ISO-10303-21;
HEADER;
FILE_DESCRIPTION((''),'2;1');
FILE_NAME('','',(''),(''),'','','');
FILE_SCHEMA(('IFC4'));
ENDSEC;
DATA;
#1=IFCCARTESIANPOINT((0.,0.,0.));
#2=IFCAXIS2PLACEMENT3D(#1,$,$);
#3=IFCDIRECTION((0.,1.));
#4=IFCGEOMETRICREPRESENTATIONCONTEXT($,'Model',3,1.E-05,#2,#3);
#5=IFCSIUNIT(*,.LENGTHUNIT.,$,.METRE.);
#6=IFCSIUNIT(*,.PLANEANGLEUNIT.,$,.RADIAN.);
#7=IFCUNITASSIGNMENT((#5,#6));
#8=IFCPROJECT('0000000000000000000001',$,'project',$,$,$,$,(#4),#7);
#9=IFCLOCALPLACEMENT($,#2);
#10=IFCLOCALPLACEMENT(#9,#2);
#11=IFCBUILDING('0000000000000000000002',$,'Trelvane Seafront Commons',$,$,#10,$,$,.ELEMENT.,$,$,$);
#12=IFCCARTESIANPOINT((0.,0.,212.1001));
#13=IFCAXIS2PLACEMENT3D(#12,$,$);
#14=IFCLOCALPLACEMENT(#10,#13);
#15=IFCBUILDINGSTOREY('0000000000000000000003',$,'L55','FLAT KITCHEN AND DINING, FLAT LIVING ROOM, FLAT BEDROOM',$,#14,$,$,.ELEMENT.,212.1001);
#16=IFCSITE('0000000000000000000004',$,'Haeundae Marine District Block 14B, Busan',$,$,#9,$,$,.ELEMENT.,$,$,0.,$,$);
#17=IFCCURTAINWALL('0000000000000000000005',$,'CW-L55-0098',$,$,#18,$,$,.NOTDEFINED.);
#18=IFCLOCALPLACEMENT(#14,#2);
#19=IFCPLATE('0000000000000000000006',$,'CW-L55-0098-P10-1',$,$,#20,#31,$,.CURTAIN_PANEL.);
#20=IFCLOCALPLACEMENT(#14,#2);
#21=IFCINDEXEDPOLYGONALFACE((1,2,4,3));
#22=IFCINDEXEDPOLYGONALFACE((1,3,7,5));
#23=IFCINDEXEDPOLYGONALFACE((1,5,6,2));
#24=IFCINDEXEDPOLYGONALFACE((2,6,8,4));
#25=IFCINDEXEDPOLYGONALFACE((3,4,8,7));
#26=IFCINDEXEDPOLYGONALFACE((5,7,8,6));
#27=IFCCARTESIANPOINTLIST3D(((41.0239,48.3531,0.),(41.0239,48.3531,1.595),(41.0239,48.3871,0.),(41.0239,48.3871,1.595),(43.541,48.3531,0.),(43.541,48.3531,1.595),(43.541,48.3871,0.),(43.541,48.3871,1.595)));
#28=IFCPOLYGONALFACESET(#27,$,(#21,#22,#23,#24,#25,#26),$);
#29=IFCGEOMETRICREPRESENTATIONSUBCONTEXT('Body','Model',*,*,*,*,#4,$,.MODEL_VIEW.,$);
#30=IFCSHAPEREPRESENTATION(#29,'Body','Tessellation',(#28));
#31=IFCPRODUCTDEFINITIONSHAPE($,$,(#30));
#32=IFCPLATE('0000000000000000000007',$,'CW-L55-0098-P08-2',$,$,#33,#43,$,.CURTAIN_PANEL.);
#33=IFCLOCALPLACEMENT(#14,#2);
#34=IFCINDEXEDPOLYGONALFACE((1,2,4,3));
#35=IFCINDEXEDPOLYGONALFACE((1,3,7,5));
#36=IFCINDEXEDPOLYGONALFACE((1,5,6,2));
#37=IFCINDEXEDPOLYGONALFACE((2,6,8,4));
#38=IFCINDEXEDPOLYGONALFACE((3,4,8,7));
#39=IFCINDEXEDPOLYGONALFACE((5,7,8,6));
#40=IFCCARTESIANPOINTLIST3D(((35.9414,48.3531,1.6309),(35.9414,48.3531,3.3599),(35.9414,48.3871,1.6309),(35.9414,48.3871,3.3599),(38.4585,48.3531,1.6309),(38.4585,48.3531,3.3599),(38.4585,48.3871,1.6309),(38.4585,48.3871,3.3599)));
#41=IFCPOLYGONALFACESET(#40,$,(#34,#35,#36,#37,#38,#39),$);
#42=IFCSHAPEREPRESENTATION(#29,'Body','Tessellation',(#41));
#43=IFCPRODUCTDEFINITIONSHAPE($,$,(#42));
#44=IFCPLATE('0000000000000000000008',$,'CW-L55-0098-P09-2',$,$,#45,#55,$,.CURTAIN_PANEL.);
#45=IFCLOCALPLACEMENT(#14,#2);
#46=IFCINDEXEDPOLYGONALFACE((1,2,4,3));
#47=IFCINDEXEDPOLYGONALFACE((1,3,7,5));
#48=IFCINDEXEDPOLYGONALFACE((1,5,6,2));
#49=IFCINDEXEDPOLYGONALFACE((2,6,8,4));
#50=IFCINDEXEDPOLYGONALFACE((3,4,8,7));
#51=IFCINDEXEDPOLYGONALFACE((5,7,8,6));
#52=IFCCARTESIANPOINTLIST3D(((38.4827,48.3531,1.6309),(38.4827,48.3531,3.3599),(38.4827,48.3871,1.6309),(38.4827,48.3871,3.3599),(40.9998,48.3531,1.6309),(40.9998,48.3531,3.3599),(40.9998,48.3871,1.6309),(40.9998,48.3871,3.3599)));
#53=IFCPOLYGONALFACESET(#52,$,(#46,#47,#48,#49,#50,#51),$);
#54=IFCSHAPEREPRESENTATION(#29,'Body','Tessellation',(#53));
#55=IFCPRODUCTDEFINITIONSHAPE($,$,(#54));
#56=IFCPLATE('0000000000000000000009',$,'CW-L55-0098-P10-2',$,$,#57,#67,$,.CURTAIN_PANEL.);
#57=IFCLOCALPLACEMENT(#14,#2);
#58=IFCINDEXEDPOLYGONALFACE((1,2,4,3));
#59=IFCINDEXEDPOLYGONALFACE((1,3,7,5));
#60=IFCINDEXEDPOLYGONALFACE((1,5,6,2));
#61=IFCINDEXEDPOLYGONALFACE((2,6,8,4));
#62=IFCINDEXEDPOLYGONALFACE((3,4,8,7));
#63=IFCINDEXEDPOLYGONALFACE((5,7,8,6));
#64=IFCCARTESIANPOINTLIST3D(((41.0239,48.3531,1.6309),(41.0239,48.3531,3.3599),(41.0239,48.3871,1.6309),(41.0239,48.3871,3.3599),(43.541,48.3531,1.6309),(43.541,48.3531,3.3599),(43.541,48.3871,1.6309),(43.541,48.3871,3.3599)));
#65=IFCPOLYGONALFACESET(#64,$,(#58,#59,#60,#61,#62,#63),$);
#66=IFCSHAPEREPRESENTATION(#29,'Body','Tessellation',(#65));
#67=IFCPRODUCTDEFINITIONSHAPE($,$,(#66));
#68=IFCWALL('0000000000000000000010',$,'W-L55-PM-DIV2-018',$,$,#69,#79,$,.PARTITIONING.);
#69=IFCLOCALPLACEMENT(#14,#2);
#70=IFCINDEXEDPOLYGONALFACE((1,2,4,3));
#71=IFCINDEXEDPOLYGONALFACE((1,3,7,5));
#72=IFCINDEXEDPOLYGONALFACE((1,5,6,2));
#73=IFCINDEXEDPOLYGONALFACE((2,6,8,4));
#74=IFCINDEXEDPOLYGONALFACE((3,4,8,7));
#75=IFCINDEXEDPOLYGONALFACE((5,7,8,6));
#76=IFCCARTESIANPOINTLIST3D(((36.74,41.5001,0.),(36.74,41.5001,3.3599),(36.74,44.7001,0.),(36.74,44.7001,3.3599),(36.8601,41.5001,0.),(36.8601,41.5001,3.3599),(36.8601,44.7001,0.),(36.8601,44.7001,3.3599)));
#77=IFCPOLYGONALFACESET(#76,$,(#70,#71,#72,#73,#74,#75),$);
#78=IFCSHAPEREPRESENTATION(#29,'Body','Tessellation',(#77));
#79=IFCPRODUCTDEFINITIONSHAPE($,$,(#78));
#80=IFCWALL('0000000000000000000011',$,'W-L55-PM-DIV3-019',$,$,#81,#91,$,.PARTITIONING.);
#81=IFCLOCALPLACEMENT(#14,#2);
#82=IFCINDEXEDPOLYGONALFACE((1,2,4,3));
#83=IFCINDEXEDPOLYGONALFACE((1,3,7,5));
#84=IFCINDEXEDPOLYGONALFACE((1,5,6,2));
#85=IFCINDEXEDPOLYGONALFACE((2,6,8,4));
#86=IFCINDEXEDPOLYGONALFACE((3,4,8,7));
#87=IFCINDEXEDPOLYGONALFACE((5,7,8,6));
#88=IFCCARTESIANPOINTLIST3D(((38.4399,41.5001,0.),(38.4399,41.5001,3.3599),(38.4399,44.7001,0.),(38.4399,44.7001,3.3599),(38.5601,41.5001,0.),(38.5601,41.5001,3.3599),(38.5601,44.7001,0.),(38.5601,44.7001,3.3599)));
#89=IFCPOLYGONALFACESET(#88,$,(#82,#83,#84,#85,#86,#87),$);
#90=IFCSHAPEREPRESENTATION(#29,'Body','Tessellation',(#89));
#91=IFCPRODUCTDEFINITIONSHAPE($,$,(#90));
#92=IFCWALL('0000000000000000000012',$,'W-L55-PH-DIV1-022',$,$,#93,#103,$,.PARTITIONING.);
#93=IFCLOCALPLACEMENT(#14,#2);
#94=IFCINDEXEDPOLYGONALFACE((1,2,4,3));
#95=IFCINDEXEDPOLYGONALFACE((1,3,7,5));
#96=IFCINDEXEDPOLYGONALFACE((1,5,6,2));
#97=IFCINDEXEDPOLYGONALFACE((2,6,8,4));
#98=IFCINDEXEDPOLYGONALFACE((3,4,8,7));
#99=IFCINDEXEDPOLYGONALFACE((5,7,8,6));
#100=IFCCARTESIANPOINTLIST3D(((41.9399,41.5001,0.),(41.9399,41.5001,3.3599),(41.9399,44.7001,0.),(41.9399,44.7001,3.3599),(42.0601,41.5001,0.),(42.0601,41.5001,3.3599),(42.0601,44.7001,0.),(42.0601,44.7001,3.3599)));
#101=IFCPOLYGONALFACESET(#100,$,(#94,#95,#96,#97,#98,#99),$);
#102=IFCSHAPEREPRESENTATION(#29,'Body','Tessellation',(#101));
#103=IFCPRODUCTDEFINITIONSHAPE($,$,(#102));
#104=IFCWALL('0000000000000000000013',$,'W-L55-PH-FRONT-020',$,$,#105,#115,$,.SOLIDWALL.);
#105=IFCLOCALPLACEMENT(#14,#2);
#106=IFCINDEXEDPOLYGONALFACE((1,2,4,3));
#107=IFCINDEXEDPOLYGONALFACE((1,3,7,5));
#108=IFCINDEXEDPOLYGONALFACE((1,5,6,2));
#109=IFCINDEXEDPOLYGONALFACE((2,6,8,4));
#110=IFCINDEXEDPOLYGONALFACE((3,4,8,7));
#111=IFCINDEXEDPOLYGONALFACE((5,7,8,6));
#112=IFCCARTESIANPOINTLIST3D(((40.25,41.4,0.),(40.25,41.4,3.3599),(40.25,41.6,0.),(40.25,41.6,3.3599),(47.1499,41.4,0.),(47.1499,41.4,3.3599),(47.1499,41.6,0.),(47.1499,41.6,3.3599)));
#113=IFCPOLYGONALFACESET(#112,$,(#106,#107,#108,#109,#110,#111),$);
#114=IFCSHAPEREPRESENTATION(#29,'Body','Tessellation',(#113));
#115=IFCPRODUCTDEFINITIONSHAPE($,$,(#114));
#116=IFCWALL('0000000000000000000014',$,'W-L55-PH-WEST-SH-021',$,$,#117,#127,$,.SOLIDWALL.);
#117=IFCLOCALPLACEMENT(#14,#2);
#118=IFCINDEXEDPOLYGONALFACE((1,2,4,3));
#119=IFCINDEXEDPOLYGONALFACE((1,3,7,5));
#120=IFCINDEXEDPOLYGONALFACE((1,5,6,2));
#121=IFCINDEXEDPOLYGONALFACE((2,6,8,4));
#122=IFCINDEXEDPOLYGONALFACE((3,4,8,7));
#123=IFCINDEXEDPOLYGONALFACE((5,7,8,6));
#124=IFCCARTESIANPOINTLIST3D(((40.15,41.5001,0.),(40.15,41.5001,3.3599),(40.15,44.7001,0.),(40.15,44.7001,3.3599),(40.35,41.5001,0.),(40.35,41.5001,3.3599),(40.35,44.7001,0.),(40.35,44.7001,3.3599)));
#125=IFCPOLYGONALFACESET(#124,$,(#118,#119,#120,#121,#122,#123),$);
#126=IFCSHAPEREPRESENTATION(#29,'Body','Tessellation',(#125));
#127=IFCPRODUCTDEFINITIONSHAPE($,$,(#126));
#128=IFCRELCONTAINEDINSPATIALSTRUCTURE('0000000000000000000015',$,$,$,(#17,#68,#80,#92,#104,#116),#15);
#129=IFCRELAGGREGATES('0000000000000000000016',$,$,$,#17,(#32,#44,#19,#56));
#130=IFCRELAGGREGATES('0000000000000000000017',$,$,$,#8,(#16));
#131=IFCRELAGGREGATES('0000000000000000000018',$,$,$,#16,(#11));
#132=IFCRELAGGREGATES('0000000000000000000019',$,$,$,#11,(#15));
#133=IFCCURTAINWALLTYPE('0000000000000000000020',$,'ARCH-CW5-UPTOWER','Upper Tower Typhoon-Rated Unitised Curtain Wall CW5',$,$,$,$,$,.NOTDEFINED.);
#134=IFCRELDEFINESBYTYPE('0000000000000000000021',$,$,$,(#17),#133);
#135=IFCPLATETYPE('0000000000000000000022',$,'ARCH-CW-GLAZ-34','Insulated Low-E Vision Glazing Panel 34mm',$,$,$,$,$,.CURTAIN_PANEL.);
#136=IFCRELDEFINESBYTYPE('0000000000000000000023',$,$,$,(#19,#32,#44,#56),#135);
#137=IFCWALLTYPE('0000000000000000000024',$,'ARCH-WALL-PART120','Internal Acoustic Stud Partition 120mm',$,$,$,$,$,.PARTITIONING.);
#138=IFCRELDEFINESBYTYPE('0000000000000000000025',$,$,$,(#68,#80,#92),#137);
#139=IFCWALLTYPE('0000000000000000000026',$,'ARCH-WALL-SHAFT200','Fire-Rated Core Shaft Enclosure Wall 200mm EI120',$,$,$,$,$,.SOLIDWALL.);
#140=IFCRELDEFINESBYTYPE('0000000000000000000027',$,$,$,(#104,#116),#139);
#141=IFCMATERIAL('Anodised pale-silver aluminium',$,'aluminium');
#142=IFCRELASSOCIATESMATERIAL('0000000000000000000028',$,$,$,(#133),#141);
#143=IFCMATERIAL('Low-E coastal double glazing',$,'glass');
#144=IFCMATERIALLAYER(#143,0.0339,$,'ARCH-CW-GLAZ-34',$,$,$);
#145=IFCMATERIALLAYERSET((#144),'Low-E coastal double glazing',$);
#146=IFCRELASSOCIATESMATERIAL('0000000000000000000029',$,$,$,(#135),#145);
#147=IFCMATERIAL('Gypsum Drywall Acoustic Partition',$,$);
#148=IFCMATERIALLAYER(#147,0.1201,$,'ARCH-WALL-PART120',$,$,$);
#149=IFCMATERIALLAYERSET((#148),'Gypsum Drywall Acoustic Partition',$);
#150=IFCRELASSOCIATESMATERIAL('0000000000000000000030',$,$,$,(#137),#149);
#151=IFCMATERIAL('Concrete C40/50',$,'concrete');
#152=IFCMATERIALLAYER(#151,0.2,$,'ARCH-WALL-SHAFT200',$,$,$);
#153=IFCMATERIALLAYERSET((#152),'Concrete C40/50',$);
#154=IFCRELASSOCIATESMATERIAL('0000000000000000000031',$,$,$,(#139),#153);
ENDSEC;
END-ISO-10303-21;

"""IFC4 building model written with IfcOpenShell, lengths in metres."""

from ifc_helpers import new_model, si_unit, direction, frame, frame_2d, origin, origin_2d, place, context, subcontext, project, spatial, rectangle, extrude, source, transform, mapped, material, layer, layer_set, type_object, element, aggregate, save


model = new_model("IFC4")

# Units and contexts
model_context = context("Model", 3, precision=1e-05, world=origin(), true_north=direction((0.0, 1.0)))
body_context = subcontext(model_context, "Body", "Model", "MODEL_VIEW")
ifc_project = project(units=[si_unit("LENGTHUNIT", "METRE"), si_unit("PLANEANGLEUNIT", "RADIAN")], contexts=[model_context])

# Site, building, storey
site_placement = place(None, origin())
site = spatial("IfcSite", under=ifc_project, at=site_placement, Name="Haeundae Marine District Block 14B, Busan", CompositionType="ELEMENT", RefElevation=0.0)
building_placement = place(site_placement, origin())
building = spatial("IfcBuilding", under=site, at=building_placement, Name="Trelvane Seafront Commons", CompositionType="ELEMENT")
storey_placement = place(building_placement, frame((0.0, 0.0, 212.1001)))
storey = spatial("IfcBuildingStorey", under=building, at=storey_placement, Name="L55", Description="FLAT KITCHEN AND DINING, FLAT LIVING ROOM, FLAT BEDROOM", CompositionType="ELEMENT", Elevation=212.1001)

# Curtain wall
ifc_material_1 = material(Name="Anodised pale-silver aluminium", Category="aluminium")
curtain_wall_type = type_object("IfcCurtainWallType", Name="ARCH-CW5-UPTOWER", Description="Upper Tower Typhoon-Rated Unitised Curtain Wall CW5", PredefinedType="NOTDEFINED", material=ifc_material_1)
curtain_wall_placement = place(storey_placement, origin())
curtain_wall = element("IfcCurtainWall", 1, at=curtain_wall_placement, inside=storey, type_object=curtain_wall_type, Name="CW-L55-0098", PredefinedType="NOTDEFINED")

# Plates
ifc_material_2 = material(Name="Low-E coastal double glazing", Category="glass")
ifc_layer_1 = layer(ifc_material_2, 0.0339, Name="ARCH-CW-GLAZ-34")
ifc_layer_set_1 = layer_set([ifc_layer_1], Name="Low-E coastal double glazing")
plate_type_1 = type_object("IfcPlateType", Name="ARCH-CW-GLAZ-34", Description="Insulated Low-E Vision Glazing Panel 34mm", PredefinedType="CURTAIN_PANEL", material=ifc_layer_set_1)
shared_shape_1 = source(origin(), body_context, "Body", "SweptSolid", [
    extrude(rectangle(XDim=2.5171, YDim=0.0339, at=origin_2d()), origin(), (0.0, 0.0, 1.0), 1.595),
])
plate_1_placement = place(storey_placement, frame((42.2825, 48.3701, 0.0), z_axis=(0.0, 0.0, 1.0), x_axis=(1.0, 0.0, 0.0)))
plate_1 = element("IfcPlate", 2, at=plate_1_placement, type_object=plate_type_1, Name="CW-L55-0098-P10-1", PredefinedType="CURTAIN_PANEL", context=body_context, shape_type="MappedRepresentation", body=[
    mapped(shared_shape_1, transform((0.0, 0.0, 0.0), x_axis=(1.0, 0.0, 0.0), y_axis=(0.0, 1.0, 0.0), z_axis=(0.0, 0.0, 1.0), scale=1.0)),
])
shared_shape_2 = source(origin(), body_context, "Body", "SweptSolid", [
    extrude(rectangle(XDim=2.5171, YDim=0.0339, at=origin_2d()), origin(), (0.0, 0.0, 1.0), 1.729),
])
plate_2_placement = place(storey_placement, frame((37.2, 48.3701, 1.6309), z_axis=(0.0, 0.0, 1.0), x_axis=(1.0, 0.0, 0.0)))
plate_2 = element("IfcPlate", 3, at=plate_2_placement, type_object=plate_type_1, Name="CW-L55-0098-P08-2", PredefinedType="CURTAIN_PANEL", context=body_context, shape_type="MappedRepresentation", body=[
    mapped(shared_shape_2, transform((0.0, 0.0, 0.0), x_axis=(1.0, 0.0, 0.0), y_axis=(0.0, 1.0, 0.0), z_axis=(0.0, 0.0, 1.0), scale=1.0)),
])
plate_3_placement = place(storey_placement, frame((39.7412, 48.3701, 1.6309), z_axis=(0.0, 0.0, 1.0), x_axis=(1.0, 0.0, 0.0)))
plate_3 = element("IfcPlate", 4, at=plate_3_placement, type_object=plate_type_1, Name="CW-L55-0098-P09-2", PredefinedType="CURTAIN_PANEL", context=body_context, shape_type="MappedRepresentation", body=[
    mapped(shared_shape_2, transform((0.0, 0.0, 0.0), x_axis=(1.0, 0.0, 0.0), y_axis=(0.0, 1.0, 0.0), z_axis=(0.0, 0.0, 1.0), scale=1.0)),
])
plate_4_placement = place(storey_placement, frame((42.2825, 48.3701, 1.6309), z_axis=(0.0, 0.0, 1.0), x_axis=(1.0, 0.0, 0.0)))
plate_4 = element("IfcPlate", 5, at=plate_4_placement, type_object=plate_type_1, Name="CW-L55-0098-P10-2", PredefinedType="CURTAIN_PANEL", context=body_context, shape_type="MappedRepresentation", body=[
    mapped(shared_shape_2, transform((0.0, 0.0, 0.0), x_axis=(1.0, 0.0, 0.0), y_axis=(0.0, 1.0, 0.0), z_axis=(0.0, 0.0, 1.0), scale=1.0)),
])
aggregate(curtain_wall, [plate_2, plate_3, plate_1, plate_4])

# Walls
ifc_material_3 = material(Name="Gypsum Drywall Acoustic Partition")
ifc_layer_2 = layer(ifc_material_3, 0.1201, Name="ARCH-WALL-PART120")
ifc_layer_set_2 = layer_set([ifc_layer_2], Name="Gypsum Drywall Acoustic Partition")
wall_type_1 = type_object("IfcWallType", Name="ARCH-WALL-PART120", Description="Internal Acoustic Stud Partition 120mm", PredefinedType="PARTITIONING", material=ifc_layer_set_2)
for number, where, z_axis, x_axis, name in (
    (6, (36.8, 41.5, 0.0), (0.0, 0.0, 1.0), (0.0, 1.0, 0.0), "W-L55-PM-DIV2-018"),
    (7, (38.5, 41.5, 0.0), (0.0, 0.0, 1.0), (0.0, 1.0, 0.0), "W-L55-PM-DIV3-019"),
    (8, (42.0, 41.5, 0.0), (0.0, 0.0, 1.0), (0.0, 1.0, 0.0), "W-L55-PH-DIV1-022"),
):
    element("IfcWall", number, at=place(storey_placement, frame(where, z_axis=z_axis, x_axis=x_axis)), inside=storey, type_object=wall_type_1, Name=name, PredefinedType="PARTITIONING", context=body_context, shape_type="SweptSolid", body=[
        extrude(rectangle(XDim=3.2, YDim=0.1201, at=frame_2d((1.6001, 0.0))), origin(), (0.0, 0.0, 1.0), 3.3599),
    ])

# Walls
ifc_material_4 = material(Name="Concrete C40/50", Category="concrete")
ifc_layer_3 = layer(ifc_material_4, 0.2, Name="ARCH-WALL-SHAFT200")
ifc_layer_set_3 = layer_set([ifc_layer_3], Name="Concrete C40/50")
wall_type_2 = type_object("IfcWallType", Name="ARCH-WALL-SHAFT200", Description="Fire-Rated Core Shaft Enclosure Wall 200mm EI120", PredefinedType="SOLIDWALL", material=ifc_layer_set_3)
wall_1_placement = place(storey_placement, frame((40.25, 41.5, 0.0), z_axis=(0.0, 0.0, 1.0), x_axis=(1.0, 0.0, 0.0)))
element("IfcWall", 9, at=wall_1_placement, inside=storey, type_object=wall_type_2, Name="W-L55-PH-FRONT-020", PredefinedType="SOLIDWALL", context=body_context, shape_type="SweptSolid", body=[
    extrude(rectangle(XDim=6.8999, YDim=0.2, at=frame_2d((3.45, 0.0))), origin(), (0.0, 0.0, 1.0), 3.3599),
])
wall_2_placement = place(storey_placement, frame((40.25, 41.5, 0.0), z_axis=(0.0, 0.0, 1.0), x_axis=(0.0, 1.0, 0.0)))
element("IfcWall", 10, at=wall_2_placement, inside=storey, type_object=wall_type_2, Name="W-L55-PH-WEST-SH-021", PredefinedType="SOLIDWALL", context=body_context, shape_type="SweptSolid", body=[
    extrude(rectangle(XDim=3.2, YDim=0.2, at=frame_2d((1.6001, 0.0))), origin(), (0.0, 0.0, 1.0), 3.3599),
])

save(model, "model.ifc")
